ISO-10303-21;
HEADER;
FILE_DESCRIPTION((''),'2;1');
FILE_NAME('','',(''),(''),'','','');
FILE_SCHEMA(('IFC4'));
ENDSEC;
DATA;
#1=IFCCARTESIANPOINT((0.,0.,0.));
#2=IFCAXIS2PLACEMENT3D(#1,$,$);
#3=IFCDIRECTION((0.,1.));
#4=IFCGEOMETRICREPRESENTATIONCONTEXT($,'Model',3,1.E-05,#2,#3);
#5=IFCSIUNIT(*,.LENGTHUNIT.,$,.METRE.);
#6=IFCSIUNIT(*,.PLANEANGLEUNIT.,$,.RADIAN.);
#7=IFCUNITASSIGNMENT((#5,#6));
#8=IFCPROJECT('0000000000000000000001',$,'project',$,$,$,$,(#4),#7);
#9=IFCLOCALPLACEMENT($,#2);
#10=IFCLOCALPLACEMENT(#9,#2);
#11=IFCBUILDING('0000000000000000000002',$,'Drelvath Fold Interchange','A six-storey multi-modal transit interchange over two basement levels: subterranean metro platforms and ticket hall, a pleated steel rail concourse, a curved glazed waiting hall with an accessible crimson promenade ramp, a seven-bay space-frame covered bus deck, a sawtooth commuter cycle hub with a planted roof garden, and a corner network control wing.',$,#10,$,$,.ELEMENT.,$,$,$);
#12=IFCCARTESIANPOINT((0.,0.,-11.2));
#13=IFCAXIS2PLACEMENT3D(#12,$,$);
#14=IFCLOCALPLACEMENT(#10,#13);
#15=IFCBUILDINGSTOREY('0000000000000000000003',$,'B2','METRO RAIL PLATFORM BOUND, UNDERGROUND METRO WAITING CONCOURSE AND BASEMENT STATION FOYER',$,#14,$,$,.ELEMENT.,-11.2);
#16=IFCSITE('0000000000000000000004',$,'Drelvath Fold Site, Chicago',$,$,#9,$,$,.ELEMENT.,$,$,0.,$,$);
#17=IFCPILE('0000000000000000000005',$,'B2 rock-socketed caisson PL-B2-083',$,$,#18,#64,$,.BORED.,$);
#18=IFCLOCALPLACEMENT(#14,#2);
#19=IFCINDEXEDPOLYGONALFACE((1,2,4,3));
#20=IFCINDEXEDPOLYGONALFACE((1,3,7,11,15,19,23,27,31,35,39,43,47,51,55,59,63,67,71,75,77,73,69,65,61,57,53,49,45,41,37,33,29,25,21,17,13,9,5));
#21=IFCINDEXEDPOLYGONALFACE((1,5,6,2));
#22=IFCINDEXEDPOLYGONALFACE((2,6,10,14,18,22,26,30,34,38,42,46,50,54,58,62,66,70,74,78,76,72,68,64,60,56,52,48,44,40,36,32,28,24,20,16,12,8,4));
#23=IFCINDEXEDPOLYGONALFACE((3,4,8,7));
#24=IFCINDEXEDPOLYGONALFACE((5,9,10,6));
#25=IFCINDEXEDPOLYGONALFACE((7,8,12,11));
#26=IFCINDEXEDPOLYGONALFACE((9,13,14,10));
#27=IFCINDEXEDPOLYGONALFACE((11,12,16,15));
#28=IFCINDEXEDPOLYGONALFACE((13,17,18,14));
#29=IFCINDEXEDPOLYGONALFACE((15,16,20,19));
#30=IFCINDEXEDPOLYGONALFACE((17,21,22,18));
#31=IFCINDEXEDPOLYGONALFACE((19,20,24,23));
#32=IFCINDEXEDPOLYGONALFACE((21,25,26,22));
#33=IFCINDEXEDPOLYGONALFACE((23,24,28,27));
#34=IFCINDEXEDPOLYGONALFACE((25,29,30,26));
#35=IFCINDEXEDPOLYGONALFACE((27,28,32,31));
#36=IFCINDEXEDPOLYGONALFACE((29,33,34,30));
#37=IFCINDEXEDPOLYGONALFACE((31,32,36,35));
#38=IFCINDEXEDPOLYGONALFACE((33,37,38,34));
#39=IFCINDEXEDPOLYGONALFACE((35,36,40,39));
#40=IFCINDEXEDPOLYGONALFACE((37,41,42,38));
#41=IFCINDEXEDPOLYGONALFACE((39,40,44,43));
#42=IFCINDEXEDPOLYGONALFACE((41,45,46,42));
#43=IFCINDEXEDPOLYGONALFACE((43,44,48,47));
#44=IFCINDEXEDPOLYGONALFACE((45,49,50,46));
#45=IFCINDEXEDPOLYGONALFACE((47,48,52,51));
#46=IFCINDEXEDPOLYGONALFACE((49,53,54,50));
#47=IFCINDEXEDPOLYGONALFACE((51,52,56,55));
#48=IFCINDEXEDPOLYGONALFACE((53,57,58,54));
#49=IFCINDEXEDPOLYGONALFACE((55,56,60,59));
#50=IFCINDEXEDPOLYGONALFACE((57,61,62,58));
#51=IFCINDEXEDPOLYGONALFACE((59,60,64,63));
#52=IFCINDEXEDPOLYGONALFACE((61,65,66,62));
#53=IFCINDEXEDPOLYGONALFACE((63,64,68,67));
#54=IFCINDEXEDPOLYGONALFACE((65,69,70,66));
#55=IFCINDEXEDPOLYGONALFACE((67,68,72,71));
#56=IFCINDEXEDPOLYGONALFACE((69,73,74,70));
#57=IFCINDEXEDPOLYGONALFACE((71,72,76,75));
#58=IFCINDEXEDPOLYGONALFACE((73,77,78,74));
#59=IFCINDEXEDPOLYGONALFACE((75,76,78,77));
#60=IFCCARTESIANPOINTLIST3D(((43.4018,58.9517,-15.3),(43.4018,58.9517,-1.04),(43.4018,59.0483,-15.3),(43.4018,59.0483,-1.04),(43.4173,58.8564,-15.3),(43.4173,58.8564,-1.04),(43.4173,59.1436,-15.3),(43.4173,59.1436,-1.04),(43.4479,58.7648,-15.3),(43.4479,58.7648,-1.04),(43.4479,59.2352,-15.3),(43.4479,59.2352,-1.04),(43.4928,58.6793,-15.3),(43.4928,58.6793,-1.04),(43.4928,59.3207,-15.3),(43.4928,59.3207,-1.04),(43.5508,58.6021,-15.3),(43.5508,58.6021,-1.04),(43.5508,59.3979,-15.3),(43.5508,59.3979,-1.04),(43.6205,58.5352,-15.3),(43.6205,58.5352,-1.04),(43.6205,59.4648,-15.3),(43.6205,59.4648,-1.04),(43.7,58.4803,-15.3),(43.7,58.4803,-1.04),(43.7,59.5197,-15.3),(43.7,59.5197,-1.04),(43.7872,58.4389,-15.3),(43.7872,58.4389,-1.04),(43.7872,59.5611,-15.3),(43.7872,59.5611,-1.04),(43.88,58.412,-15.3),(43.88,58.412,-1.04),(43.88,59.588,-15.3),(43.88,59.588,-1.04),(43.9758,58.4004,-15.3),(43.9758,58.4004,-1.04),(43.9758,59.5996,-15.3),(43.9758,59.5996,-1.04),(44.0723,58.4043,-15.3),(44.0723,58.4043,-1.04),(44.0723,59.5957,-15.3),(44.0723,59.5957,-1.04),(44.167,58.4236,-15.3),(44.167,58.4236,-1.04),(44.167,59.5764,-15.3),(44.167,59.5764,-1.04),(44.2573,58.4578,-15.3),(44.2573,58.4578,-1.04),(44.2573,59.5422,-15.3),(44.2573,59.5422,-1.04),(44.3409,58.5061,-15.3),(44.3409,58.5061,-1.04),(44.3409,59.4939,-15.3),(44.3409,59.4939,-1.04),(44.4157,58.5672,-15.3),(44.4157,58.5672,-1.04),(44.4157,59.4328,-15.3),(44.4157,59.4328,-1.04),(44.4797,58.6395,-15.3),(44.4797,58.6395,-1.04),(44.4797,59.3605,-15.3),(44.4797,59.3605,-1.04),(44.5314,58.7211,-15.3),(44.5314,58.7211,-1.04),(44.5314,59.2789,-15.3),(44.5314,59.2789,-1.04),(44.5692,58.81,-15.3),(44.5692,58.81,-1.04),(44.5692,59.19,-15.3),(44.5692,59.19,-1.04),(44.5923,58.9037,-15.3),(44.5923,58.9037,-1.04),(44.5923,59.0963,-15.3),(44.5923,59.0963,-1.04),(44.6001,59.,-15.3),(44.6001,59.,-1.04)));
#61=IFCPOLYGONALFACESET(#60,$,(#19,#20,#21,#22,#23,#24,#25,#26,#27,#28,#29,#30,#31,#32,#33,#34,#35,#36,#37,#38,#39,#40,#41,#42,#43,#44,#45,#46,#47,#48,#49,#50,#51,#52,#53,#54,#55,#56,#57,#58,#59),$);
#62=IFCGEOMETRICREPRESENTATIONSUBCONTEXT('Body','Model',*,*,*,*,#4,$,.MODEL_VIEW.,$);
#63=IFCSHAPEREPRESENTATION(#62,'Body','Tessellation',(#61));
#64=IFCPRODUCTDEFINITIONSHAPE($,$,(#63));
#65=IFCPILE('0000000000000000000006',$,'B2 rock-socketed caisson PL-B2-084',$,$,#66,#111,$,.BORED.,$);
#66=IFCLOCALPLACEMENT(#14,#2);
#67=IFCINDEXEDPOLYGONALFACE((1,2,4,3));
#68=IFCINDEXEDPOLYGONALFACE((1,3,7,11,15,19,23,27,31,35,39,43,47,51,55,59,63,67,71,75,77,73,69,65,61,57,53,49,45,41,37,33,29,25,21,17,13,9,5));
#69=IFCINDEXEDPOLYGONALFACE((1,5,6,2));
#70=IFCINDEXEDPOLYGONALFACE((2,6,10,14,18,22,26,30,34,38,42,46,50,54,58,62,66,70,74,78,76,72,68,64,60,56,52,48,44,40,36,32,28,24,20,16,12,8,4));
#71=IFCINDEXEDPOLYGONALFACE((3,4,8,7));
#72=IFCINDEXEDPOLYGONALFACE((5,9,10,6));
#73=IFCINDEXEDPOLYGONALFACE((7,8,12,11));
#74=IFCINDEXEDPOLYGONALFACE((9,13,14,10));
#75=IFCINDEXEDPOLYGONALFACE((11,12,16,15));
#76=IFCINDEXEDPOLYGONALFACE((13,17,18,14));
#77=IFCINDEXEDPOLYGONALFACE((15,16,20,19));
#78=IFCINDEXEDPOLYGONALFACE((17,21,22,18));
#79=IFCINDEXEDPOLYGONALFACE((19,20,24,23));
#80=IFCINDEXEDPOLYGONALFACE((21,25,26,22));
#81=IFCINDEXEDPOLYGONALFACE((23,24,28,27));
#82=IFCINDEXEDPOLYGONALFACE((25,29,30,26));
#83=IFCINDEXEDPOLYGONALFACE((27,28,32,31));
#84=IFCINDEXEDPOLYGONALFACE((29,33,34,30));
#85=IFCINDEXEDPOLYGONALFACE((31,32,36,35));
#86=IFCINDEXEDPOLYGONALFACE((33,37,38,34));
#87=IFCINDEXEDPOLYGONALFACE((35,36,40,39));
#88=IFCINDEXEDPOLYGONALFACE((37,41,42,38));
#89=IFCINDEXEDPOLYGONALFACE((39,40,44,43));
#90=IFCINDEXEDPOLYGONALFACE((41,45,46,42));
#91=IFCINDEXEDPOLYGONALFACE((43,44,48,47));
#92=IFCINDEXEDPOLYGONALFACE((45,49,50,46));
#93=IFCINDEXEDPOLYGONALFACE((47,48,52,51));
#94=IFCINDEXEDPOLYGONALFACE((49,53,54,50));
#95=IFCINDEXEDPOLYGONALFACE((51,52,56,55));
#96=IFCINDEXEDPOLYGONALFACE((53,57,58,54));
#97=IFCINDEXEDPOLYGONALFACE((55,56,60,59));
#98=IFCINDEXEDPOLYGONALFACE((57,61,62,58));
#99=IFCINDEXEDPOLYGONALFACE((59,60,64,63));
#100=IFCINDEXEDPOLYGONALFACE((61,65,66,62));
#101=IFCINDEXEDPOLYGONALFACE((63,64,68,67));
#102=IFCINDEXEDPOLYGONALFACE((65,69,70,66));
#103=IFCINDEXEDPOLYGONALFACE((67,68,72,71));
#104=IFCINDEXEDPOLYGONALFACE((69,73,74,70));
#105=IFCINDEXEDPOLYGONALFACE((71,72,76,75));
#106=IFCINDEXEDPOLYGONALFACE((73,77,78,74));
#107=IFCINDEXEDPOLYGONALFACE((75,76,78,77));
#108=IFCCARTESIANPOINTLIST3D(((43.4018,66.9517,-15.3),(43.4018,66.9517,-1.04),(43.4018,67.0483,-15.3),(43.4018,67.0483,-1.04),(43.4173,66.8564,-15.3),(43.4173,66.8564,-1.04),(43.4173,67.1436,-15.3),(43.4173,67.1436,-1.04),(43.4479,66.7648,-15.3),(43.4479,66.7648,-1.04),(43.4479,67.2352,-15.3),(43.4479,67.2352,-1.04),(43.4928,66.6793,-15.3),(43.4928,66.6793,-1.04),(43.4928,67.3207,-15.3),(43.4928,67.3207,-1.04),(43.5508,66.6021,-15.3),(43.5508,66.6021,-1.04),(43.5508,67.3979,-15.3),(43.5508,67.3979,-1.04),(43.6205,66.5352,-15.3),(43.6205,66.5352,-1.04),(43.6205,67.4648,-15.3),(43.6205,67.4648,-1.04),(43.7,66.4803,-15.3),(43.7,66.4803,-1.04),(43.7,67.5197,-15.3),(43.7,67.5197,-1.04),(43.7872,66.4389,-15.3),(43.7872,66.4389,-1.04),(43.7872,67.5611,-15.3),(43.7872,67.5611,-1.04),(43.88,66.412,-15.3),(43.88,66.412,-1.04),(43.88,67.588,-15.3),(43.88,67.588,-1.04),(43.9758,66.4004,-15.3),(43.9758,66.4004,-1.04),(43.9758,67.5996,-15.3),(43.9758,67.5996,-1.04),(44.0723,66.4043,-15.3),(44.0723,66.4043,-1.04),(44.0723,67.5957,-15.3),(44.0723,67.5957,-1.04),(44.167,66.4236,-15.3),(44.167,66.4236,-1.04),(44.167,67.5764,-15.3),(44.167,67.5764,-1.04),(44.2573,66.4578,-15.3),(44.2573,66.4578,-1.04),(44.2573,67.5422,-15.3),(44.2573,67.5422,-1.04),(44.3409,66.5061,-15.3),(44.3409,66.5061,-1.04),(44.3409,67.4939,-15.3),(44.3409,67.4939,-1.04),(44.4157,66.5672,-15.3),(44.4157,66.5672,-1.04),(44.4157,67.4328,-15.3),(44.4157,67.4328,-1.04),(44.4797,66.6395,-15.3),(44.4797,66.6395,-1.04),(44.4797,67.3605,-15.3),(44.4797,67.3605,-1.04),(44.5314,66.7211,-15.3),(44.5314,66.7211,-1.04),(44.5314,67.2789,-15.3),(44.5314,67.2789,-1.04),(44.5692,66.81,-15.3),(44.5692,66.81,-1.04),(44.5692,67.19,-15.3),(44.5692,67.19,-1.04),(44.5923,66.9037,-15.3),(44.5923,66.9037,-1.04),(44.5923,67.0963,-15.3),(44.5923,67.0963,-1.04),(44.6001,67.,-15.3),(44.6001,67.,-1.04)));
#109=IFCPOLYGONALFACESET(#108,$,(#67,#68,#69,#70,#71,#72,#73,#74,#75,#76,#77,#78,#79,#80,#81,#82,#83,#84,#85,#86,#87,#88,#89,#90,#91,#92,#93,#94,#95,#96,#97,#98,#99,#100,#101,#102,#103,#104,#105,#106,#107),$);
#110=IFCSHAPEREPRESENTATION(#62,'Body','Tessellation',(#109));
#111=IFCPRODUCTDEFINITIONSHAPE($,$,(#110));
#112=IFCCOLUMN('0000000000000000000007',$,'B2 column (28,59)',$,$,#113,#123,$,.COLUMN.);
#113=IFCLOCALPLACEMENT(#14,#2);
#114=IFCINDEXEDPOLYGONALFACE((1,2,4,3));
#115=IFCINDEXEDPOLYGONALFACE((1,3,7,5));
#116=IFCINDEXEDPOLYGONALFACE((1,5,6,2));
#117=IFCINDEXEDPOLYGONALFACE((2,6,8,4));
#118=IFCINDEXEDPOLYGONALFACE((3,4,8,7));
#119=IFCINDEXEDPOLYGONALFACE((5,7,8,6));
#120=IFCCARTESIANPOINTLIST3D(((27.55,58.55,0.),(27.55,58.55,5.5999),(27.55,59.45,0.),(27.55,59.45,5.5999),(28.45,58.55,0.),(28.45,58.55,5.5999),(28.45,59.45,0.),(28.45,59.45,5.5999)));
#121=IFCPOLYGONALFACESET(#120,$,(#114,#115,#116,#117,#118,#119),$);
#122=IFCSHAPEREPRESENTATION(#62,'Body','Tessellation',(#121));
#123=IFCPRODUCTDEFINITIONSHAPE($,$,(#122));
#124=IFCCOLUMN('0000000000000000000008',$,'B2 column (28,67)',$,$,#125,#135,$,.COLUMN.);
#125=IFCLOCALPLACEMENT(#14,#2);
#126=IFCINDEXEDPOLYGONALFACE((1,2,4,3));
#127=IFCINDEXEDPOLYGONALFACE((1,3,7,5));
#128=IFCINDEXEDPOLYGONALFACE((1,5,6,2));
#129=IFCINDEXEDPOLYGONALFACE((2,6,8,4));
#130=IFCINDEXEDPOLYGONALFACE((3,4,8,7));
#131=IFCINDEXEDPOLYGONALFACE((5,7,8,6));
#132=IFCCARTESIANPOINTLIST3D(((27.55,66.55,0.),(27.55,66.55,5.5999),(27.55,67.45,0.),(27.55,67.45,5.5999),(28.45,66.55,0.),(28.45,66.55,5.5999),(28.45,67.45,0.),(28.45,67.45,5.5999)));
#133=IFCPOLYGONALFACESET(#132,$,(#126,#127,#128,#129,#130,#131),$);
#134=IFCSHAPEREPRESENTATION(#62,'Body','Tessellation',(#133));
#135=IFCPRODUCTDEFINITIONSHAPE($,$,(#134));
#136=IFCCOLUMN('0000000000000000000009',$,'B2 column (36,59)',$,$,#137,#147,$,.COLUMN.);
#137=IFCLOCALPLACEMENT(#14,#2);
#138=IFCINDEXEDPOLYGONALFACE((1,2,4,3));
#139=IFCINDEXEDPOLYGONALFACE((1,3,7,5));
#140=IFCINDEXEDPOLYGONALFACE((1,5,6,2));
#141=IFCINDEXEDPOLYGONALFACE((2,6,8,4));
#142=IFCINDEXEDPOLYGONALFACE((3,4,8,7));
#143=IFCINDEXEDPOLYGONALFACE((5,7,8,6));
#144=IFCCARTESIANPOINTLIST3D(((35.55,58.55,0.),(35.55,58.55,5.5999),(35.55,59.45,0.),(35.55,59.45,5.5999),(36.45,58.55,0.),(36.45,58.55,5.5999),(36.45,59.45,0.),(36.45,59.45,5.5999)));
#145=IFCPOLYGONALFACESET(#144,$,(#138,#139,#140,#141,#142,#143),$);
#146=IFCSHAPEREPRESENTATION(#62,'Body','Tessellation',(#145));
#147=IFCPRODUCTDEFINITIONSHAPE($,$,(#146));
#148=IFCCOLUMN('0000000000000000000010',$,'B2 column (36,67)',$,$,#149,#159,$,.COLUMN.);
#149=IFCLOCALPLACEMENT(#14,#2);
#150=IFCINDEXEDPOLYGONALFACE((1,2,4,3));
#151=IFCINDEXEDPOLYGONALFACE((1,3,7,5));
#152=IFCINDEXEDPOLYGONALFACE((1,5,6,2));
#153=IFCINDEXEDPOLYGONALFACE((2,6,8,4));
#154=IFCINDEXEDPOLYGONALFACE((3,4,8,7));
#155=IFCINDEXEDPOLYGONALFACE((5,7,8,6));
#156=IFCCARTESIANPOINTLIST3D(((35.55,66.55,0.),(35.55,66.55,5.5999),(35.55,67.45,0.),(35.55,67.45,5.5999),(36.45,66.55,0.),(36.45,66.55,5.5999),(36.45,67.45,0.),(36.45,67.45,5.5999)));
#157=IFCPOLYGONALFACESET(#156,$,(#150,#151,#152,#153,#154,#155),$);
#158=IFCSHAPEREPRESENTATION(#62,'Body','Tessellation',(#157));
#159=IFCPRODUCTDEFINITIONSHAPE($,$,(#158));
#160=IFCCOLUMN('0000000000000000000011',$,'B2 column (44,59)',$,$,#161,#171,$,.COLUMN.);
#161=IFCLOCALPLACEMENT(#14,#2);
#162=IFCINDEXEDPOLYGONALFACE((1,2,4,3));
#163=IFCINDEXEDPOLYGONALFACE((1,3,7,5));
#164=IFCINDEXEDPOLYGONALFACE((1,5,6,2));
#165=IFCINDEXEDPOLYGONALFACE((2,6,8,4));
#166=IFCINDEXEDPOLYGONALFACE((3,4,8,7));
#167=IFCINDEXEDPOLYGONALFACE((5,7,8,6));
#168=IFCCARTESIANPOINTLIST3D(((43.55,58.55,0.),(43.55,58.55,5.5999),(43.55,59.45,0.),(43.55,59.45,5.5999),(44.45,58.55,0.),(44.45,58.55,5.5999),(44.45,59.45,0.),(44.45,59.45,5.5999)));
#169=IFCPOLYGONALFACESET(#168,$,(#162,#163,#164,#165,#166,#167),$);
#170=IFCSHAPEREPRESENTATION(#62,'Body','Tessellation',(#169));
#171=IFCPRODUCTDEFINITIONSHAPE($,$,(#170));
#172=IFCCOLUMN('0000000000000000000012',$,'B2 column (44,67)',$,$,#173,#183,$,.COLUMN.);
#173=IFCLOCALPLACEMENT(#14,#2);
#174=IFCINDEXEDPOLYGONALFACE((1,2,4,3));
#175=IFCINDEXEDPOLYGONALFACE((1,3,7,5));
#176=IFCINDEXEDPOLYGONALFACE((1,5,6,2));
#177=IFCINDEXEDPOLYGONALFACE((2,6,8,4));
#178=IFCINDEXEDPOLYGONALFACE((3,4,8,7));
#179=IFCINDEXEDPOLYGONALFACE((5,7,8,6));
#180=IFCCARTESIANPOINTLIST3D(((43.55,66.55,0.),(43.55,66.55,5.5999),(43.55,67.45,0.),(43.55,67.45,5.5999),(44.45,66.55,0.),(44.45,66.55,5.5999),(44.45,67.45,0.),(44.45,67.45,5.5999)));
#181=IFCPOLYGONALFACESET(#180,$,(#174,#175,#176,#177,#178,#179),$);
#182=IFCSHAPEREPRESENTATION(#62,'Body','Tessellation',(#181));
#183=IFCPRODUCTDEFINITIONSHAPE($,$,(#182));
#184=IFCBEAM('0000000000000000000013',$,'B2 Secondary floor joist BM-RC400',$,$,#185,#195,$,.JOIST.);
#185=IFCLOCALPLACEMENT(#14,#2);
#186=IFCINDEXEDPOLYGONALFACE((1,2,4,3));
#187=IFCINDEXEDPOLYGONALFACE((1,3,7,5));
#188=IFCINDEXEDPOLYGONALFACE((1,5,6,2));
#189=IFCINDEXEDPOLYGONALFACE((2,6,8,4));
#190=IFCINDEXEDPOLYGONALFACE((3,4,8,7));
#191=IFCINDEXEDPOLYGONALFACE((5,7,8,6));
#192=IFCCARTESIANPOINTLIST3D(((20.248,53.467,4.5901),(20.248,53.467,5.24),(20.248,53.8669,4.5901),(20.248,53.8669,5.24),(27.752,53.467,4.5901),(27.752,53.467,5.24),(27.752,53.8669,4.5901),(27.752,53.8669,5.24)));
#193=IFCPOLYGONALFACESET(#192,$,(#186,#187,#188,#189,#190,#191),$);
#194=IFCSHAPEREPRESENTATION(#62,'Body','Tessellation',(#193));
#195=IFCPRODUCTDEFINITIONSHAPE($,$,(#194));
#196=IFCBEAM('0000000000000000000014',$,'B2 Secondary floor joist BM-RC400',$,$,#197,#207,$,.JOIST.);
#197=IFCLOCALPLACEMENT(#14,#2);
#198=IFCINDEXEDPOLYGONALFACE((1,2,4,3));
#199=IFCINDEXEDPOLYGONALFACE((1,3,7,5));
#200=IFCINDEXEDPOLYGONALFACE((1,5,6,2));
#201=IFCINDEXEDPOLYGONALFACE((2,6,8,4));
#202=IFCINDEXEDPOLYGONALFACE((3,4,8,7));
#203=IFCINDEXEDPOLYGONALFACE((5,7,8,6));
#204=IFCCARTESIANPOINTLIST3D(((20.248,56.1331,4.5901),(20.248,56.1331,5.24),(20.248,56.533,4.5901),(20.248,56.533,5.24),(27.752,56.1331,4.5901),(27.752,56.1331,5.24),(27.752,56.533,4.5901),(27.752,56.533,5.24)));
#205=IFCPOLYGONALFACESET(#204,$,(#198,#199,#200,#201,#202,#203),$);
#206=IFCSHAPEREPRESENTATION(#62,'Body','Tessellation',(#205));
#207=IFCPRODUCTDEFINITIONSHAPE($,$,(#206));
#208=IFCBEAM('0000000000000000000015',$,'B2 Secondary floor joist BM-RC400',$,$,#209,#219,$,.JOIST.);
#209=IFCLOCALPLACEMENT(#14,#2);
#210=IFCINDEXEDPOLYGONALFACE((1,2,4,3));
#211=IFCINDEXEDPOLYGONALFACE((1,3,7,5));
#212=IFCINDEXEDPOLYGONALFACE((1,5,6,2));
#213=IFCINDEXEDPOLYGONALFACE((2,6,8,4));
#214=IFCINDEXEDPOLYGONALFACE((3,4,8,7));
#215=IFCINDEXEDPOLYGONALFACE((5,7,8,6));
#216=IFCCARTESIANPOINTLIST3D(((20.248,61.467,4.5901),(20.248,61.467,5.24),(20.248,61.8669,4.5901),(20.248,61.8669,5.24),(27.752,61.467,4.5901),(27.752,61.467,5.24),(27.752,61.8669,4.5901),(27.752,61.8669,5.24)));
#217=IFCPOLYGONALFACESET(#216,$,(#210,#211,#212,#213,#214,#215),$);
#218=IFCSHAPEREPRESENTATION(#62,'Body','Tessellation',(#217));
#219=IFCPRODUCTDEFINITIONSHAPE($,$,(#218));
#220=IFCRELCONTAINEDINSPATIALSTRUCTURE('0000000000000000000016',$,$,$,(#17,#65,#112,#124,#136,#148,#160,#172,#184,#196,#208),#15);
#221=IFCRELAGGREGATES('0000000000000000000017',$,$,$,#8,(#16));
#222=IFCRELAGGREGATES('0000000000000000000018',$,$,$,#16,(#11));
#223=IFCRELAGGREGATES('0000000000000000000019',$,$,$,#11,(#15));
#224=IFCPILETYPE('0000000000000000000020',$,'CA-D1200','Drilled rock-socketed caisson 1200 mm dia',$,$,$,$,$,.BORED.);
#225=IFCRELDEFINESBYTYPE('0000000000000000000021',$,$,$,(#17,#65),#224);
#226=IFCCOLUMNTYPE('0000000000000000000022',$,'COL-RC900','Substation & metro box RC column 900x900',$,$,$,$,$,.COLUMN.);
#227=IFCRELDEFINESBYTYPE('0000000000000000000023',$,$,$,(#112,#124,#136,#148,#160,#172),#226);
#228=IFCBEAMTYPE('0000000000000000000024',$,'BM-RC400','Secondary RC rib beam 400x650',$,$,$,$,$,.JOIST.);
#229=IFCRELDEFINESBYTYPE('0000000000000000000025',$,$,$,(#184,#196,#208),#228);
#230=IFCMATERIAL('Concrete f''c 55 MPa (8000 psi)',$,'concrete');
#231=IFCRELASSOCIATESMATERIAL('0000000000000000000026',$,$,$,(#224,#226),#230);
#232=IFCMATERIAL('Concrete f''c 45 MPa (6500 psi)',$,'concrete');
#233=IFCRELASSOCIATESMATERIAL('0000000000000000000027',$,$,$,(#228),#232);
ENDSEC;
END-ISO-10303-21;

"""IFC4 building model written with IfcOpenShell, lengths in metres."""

from ifc_helpers import new_model, si_unit, direction, frame, origin, origin_2d, place, context, subcontext, project, spatial, rectangle, circle, extrude, material, material_profile, profile_set, type_object, element, save


model = new_model("IFC4")

# Units and contexts
model_context = context("Model", 3, precision=1e-05, world=origin(), true_north=direction((0.0, 1.0)))
body_context = subcontext(model_context, "Body", "Model", "MODEL_VIEW")
ifc_project = project(units=[si_unit("LENGTHUNIT", "METRE"), si_unit("PLANEANGLEUNIT", "RADIAN")], contexts=[model_context])

# Site, building, storey
site_placement = place(None, origin())
site = spatial("IfcSite", under=ifc_project, at=site_placement, Name="Drelvath Fold Site, Chicago", CompositionType="ELEMENT", RefElevation=0.0)
building_placement = place(site_placement, origin())
building = spatial("IfcBuilding", under=site, at=building_placement, Name="Drelvath Fold Interchange", Description="A six-storey multi-modal transit interchange over two basement levels: subterranean metro platforms and ticket hall, a pleated steel rail concourse, a curved glazed waiting hall with an accessible crimson promenade ramp, a seven-bay space-frame covered bus deck, a sawtooth commuter cycle hub with a planted roof garden, and a corner network control wing.", CompositionType="ELEMENT")
storey_placement = place(building_placement, frame((0.0, 0.0, -11.2)))
storey = spatial("IfcBuildingStorey", under=building, at=storey_placement, Name="B2", Description="METRO RAIL PLATFORM BOUND, UNDERGROUND METRO WAITING CONCOURSE AND BASEMENT STATION FOYER", CompositionType="ELEMENT", Elevation=-11.2)

# Piles
ifc_material_1 = material(Name="Concrete f'c 55 MPa (8000 psi)", Category="concrete")
ifc_material_profile_1 = material_profile(ifc_material_1, circle(Radius=0.6001, at=origin_2d()), Name="CAISSON D1200")
ifc_profile_set_1 = profile_set([ifc_material_profile_1], Name="Concrete f'c 55 MPa (8000 psi)")
pile_type = type_object("IfcPileType", Name="CA-D1200", Description="Drilled rock-socketed caisson 1200 mm dia", PredefinedType="BORED", material=ifc_profile_set_1)
for number, where, z_axis, x_axis, name in (
    (1, (44.0, 59.0, -1.04), (0.0, 0.0, -1.0), (1.0, 0.0, 0.0), "B2 rock-socketed caisson PL-B2-083"),
    (2, (44.0, 67.0, -1.04), (0.0, 0.0, -1.0), (1.0, 0.0, 0.0), "B2 rock-socketed caisson PL-B2-084"),
):
    element("IfcPile", number, at=place(storey_placement, frame(where, z_axis=z_axis, x_axis=x_axis)), inside=storey, type_object=pile_type, Name=name, PredefinedType="BORED", context=body_context, shape_type="SweptSolid", body=[
        extrude(circle(Radius=0.6001, at=origin_2d()), origin(), (0.0, 0.0, 1.0), 14.26),
    ])

# Columns
ifc_material_profile_2 = material_profile(ifc_material_1, rectangle(XDim=0.8999, YDim=0.8999, at=origin_2d()), Name="RC 900x900")
ifc_profile_set_2 = profile_set([ifc_material_profile_2], Name="Concrete f'c 55 MPa (8000 psi)")
column_type = type_object("IfcColumnType", Name="COL-RC900", Description="Substation & metro box RC column 900x900", PredefinedType="COLUMN", material=ifc_profile_set_2)
for number, where, z_axis, x_axis, name in (
    (3, (28.0, 59.0, 0.0), (0.0, 0.0, 1.0), (1.0, 0.0, 0.0), "B2 column (28,59)"),
    (4, (28.0, 67.0, 0.0), (0.0, 0.0, 1.0), (1.0, 0.0, 0.0), "B2 column (28,67)"),
    (5, (36.0, 59.0, 0.0), (0.0, 0.0, 1.0), (1.0, 0.0, 0.0), "B2 column (36,59)"),
    (6, (36.0, 67.0, 0.0), (0.0, 0.0, 1.0), (1.0, 0.0, 0.0), "B2 column (36,67)"),
    (7, (44.0, 59.0, 0.0), (0.0, 0.0, 1.0), (1.0, 0.0, 0.0), "B2 column (44,59)"),
    (8, (44.0, 67.0, 0.0), (0.0, 0.0, 1.0), (1.0, 0.0, 0.0), "B2 column (44,67)"),
):
    element("IfcColumn", number, at=place(storey_placement, frame(where, z_axis=z_axis, x_axis=x_axis)), inside=storey, type_object=column_type, Name=name, PredefinedType="COLUMN", context=body_context, shape_type="SweptSolid", body=[
        extrude(rectangle(XDim=0.8999, YDim=0.8999, at=origin_2d()), origin(), (0.0, 0.0, 1.0), 5.5999),
    ])

# Beams
ifc_material_2 = material(Name="Concrete f'c 45 MPa (6500 psi)", Category="concrete")
ifc_material_profile_3 = material_profile(ifc_material_2, rectangle(XDim=0.3999, YDim=0.6499, at=origin_2d()), Name="RC 400x650")
ifc_profile_set_3 = profile_set([ifc_material_profile_3], Name="Concrete f'c 45 MPa (6500 psi)")
beam_type_1 = type_object("IfcBeamType", Name="BM-RC400", Description="Secondary RC rib beam 400x650", PredefinedType="JOIST", material=ifc_profile_set_3)
for number, where, z_axis, x_axis, name in (
    (9, (20.248, 53.667, 4.915), (1.0, 0.0, 0.0), (0.0, 1.0, 0.0), "B2 Secondary floor joist BM-RC400"),
    (10, (20.248, 56.333, 4.915), (1.0, 0.0, 0.0), (0.0, 1.0, 0.0), "B2 Secondary floor joist BM-RC400"),
    (11, (20.248, 61.667, 4.915), (1.0, 0.0, 0.0), (0.0, 1.0, 0.0), "B2 Secondary floor joist BM-RC400"),
):
    element("IfcBeam", number, at=place(storey_placement, frame(where, z_axis=z_axis, x_axis=x_axis)), inside=storey, type_object=beam_type_1, Name=name, PredefinedType="JOIST", context=body_context, shape_type="SweptSolid", body=[
        extrude(rectangle(XDim=0.3999, YDim=0.6499, at=origin_2d()), origin(), (0.0, 0.0, 1.0), 7.5039),
    ])

save(model, "model.ifc")
